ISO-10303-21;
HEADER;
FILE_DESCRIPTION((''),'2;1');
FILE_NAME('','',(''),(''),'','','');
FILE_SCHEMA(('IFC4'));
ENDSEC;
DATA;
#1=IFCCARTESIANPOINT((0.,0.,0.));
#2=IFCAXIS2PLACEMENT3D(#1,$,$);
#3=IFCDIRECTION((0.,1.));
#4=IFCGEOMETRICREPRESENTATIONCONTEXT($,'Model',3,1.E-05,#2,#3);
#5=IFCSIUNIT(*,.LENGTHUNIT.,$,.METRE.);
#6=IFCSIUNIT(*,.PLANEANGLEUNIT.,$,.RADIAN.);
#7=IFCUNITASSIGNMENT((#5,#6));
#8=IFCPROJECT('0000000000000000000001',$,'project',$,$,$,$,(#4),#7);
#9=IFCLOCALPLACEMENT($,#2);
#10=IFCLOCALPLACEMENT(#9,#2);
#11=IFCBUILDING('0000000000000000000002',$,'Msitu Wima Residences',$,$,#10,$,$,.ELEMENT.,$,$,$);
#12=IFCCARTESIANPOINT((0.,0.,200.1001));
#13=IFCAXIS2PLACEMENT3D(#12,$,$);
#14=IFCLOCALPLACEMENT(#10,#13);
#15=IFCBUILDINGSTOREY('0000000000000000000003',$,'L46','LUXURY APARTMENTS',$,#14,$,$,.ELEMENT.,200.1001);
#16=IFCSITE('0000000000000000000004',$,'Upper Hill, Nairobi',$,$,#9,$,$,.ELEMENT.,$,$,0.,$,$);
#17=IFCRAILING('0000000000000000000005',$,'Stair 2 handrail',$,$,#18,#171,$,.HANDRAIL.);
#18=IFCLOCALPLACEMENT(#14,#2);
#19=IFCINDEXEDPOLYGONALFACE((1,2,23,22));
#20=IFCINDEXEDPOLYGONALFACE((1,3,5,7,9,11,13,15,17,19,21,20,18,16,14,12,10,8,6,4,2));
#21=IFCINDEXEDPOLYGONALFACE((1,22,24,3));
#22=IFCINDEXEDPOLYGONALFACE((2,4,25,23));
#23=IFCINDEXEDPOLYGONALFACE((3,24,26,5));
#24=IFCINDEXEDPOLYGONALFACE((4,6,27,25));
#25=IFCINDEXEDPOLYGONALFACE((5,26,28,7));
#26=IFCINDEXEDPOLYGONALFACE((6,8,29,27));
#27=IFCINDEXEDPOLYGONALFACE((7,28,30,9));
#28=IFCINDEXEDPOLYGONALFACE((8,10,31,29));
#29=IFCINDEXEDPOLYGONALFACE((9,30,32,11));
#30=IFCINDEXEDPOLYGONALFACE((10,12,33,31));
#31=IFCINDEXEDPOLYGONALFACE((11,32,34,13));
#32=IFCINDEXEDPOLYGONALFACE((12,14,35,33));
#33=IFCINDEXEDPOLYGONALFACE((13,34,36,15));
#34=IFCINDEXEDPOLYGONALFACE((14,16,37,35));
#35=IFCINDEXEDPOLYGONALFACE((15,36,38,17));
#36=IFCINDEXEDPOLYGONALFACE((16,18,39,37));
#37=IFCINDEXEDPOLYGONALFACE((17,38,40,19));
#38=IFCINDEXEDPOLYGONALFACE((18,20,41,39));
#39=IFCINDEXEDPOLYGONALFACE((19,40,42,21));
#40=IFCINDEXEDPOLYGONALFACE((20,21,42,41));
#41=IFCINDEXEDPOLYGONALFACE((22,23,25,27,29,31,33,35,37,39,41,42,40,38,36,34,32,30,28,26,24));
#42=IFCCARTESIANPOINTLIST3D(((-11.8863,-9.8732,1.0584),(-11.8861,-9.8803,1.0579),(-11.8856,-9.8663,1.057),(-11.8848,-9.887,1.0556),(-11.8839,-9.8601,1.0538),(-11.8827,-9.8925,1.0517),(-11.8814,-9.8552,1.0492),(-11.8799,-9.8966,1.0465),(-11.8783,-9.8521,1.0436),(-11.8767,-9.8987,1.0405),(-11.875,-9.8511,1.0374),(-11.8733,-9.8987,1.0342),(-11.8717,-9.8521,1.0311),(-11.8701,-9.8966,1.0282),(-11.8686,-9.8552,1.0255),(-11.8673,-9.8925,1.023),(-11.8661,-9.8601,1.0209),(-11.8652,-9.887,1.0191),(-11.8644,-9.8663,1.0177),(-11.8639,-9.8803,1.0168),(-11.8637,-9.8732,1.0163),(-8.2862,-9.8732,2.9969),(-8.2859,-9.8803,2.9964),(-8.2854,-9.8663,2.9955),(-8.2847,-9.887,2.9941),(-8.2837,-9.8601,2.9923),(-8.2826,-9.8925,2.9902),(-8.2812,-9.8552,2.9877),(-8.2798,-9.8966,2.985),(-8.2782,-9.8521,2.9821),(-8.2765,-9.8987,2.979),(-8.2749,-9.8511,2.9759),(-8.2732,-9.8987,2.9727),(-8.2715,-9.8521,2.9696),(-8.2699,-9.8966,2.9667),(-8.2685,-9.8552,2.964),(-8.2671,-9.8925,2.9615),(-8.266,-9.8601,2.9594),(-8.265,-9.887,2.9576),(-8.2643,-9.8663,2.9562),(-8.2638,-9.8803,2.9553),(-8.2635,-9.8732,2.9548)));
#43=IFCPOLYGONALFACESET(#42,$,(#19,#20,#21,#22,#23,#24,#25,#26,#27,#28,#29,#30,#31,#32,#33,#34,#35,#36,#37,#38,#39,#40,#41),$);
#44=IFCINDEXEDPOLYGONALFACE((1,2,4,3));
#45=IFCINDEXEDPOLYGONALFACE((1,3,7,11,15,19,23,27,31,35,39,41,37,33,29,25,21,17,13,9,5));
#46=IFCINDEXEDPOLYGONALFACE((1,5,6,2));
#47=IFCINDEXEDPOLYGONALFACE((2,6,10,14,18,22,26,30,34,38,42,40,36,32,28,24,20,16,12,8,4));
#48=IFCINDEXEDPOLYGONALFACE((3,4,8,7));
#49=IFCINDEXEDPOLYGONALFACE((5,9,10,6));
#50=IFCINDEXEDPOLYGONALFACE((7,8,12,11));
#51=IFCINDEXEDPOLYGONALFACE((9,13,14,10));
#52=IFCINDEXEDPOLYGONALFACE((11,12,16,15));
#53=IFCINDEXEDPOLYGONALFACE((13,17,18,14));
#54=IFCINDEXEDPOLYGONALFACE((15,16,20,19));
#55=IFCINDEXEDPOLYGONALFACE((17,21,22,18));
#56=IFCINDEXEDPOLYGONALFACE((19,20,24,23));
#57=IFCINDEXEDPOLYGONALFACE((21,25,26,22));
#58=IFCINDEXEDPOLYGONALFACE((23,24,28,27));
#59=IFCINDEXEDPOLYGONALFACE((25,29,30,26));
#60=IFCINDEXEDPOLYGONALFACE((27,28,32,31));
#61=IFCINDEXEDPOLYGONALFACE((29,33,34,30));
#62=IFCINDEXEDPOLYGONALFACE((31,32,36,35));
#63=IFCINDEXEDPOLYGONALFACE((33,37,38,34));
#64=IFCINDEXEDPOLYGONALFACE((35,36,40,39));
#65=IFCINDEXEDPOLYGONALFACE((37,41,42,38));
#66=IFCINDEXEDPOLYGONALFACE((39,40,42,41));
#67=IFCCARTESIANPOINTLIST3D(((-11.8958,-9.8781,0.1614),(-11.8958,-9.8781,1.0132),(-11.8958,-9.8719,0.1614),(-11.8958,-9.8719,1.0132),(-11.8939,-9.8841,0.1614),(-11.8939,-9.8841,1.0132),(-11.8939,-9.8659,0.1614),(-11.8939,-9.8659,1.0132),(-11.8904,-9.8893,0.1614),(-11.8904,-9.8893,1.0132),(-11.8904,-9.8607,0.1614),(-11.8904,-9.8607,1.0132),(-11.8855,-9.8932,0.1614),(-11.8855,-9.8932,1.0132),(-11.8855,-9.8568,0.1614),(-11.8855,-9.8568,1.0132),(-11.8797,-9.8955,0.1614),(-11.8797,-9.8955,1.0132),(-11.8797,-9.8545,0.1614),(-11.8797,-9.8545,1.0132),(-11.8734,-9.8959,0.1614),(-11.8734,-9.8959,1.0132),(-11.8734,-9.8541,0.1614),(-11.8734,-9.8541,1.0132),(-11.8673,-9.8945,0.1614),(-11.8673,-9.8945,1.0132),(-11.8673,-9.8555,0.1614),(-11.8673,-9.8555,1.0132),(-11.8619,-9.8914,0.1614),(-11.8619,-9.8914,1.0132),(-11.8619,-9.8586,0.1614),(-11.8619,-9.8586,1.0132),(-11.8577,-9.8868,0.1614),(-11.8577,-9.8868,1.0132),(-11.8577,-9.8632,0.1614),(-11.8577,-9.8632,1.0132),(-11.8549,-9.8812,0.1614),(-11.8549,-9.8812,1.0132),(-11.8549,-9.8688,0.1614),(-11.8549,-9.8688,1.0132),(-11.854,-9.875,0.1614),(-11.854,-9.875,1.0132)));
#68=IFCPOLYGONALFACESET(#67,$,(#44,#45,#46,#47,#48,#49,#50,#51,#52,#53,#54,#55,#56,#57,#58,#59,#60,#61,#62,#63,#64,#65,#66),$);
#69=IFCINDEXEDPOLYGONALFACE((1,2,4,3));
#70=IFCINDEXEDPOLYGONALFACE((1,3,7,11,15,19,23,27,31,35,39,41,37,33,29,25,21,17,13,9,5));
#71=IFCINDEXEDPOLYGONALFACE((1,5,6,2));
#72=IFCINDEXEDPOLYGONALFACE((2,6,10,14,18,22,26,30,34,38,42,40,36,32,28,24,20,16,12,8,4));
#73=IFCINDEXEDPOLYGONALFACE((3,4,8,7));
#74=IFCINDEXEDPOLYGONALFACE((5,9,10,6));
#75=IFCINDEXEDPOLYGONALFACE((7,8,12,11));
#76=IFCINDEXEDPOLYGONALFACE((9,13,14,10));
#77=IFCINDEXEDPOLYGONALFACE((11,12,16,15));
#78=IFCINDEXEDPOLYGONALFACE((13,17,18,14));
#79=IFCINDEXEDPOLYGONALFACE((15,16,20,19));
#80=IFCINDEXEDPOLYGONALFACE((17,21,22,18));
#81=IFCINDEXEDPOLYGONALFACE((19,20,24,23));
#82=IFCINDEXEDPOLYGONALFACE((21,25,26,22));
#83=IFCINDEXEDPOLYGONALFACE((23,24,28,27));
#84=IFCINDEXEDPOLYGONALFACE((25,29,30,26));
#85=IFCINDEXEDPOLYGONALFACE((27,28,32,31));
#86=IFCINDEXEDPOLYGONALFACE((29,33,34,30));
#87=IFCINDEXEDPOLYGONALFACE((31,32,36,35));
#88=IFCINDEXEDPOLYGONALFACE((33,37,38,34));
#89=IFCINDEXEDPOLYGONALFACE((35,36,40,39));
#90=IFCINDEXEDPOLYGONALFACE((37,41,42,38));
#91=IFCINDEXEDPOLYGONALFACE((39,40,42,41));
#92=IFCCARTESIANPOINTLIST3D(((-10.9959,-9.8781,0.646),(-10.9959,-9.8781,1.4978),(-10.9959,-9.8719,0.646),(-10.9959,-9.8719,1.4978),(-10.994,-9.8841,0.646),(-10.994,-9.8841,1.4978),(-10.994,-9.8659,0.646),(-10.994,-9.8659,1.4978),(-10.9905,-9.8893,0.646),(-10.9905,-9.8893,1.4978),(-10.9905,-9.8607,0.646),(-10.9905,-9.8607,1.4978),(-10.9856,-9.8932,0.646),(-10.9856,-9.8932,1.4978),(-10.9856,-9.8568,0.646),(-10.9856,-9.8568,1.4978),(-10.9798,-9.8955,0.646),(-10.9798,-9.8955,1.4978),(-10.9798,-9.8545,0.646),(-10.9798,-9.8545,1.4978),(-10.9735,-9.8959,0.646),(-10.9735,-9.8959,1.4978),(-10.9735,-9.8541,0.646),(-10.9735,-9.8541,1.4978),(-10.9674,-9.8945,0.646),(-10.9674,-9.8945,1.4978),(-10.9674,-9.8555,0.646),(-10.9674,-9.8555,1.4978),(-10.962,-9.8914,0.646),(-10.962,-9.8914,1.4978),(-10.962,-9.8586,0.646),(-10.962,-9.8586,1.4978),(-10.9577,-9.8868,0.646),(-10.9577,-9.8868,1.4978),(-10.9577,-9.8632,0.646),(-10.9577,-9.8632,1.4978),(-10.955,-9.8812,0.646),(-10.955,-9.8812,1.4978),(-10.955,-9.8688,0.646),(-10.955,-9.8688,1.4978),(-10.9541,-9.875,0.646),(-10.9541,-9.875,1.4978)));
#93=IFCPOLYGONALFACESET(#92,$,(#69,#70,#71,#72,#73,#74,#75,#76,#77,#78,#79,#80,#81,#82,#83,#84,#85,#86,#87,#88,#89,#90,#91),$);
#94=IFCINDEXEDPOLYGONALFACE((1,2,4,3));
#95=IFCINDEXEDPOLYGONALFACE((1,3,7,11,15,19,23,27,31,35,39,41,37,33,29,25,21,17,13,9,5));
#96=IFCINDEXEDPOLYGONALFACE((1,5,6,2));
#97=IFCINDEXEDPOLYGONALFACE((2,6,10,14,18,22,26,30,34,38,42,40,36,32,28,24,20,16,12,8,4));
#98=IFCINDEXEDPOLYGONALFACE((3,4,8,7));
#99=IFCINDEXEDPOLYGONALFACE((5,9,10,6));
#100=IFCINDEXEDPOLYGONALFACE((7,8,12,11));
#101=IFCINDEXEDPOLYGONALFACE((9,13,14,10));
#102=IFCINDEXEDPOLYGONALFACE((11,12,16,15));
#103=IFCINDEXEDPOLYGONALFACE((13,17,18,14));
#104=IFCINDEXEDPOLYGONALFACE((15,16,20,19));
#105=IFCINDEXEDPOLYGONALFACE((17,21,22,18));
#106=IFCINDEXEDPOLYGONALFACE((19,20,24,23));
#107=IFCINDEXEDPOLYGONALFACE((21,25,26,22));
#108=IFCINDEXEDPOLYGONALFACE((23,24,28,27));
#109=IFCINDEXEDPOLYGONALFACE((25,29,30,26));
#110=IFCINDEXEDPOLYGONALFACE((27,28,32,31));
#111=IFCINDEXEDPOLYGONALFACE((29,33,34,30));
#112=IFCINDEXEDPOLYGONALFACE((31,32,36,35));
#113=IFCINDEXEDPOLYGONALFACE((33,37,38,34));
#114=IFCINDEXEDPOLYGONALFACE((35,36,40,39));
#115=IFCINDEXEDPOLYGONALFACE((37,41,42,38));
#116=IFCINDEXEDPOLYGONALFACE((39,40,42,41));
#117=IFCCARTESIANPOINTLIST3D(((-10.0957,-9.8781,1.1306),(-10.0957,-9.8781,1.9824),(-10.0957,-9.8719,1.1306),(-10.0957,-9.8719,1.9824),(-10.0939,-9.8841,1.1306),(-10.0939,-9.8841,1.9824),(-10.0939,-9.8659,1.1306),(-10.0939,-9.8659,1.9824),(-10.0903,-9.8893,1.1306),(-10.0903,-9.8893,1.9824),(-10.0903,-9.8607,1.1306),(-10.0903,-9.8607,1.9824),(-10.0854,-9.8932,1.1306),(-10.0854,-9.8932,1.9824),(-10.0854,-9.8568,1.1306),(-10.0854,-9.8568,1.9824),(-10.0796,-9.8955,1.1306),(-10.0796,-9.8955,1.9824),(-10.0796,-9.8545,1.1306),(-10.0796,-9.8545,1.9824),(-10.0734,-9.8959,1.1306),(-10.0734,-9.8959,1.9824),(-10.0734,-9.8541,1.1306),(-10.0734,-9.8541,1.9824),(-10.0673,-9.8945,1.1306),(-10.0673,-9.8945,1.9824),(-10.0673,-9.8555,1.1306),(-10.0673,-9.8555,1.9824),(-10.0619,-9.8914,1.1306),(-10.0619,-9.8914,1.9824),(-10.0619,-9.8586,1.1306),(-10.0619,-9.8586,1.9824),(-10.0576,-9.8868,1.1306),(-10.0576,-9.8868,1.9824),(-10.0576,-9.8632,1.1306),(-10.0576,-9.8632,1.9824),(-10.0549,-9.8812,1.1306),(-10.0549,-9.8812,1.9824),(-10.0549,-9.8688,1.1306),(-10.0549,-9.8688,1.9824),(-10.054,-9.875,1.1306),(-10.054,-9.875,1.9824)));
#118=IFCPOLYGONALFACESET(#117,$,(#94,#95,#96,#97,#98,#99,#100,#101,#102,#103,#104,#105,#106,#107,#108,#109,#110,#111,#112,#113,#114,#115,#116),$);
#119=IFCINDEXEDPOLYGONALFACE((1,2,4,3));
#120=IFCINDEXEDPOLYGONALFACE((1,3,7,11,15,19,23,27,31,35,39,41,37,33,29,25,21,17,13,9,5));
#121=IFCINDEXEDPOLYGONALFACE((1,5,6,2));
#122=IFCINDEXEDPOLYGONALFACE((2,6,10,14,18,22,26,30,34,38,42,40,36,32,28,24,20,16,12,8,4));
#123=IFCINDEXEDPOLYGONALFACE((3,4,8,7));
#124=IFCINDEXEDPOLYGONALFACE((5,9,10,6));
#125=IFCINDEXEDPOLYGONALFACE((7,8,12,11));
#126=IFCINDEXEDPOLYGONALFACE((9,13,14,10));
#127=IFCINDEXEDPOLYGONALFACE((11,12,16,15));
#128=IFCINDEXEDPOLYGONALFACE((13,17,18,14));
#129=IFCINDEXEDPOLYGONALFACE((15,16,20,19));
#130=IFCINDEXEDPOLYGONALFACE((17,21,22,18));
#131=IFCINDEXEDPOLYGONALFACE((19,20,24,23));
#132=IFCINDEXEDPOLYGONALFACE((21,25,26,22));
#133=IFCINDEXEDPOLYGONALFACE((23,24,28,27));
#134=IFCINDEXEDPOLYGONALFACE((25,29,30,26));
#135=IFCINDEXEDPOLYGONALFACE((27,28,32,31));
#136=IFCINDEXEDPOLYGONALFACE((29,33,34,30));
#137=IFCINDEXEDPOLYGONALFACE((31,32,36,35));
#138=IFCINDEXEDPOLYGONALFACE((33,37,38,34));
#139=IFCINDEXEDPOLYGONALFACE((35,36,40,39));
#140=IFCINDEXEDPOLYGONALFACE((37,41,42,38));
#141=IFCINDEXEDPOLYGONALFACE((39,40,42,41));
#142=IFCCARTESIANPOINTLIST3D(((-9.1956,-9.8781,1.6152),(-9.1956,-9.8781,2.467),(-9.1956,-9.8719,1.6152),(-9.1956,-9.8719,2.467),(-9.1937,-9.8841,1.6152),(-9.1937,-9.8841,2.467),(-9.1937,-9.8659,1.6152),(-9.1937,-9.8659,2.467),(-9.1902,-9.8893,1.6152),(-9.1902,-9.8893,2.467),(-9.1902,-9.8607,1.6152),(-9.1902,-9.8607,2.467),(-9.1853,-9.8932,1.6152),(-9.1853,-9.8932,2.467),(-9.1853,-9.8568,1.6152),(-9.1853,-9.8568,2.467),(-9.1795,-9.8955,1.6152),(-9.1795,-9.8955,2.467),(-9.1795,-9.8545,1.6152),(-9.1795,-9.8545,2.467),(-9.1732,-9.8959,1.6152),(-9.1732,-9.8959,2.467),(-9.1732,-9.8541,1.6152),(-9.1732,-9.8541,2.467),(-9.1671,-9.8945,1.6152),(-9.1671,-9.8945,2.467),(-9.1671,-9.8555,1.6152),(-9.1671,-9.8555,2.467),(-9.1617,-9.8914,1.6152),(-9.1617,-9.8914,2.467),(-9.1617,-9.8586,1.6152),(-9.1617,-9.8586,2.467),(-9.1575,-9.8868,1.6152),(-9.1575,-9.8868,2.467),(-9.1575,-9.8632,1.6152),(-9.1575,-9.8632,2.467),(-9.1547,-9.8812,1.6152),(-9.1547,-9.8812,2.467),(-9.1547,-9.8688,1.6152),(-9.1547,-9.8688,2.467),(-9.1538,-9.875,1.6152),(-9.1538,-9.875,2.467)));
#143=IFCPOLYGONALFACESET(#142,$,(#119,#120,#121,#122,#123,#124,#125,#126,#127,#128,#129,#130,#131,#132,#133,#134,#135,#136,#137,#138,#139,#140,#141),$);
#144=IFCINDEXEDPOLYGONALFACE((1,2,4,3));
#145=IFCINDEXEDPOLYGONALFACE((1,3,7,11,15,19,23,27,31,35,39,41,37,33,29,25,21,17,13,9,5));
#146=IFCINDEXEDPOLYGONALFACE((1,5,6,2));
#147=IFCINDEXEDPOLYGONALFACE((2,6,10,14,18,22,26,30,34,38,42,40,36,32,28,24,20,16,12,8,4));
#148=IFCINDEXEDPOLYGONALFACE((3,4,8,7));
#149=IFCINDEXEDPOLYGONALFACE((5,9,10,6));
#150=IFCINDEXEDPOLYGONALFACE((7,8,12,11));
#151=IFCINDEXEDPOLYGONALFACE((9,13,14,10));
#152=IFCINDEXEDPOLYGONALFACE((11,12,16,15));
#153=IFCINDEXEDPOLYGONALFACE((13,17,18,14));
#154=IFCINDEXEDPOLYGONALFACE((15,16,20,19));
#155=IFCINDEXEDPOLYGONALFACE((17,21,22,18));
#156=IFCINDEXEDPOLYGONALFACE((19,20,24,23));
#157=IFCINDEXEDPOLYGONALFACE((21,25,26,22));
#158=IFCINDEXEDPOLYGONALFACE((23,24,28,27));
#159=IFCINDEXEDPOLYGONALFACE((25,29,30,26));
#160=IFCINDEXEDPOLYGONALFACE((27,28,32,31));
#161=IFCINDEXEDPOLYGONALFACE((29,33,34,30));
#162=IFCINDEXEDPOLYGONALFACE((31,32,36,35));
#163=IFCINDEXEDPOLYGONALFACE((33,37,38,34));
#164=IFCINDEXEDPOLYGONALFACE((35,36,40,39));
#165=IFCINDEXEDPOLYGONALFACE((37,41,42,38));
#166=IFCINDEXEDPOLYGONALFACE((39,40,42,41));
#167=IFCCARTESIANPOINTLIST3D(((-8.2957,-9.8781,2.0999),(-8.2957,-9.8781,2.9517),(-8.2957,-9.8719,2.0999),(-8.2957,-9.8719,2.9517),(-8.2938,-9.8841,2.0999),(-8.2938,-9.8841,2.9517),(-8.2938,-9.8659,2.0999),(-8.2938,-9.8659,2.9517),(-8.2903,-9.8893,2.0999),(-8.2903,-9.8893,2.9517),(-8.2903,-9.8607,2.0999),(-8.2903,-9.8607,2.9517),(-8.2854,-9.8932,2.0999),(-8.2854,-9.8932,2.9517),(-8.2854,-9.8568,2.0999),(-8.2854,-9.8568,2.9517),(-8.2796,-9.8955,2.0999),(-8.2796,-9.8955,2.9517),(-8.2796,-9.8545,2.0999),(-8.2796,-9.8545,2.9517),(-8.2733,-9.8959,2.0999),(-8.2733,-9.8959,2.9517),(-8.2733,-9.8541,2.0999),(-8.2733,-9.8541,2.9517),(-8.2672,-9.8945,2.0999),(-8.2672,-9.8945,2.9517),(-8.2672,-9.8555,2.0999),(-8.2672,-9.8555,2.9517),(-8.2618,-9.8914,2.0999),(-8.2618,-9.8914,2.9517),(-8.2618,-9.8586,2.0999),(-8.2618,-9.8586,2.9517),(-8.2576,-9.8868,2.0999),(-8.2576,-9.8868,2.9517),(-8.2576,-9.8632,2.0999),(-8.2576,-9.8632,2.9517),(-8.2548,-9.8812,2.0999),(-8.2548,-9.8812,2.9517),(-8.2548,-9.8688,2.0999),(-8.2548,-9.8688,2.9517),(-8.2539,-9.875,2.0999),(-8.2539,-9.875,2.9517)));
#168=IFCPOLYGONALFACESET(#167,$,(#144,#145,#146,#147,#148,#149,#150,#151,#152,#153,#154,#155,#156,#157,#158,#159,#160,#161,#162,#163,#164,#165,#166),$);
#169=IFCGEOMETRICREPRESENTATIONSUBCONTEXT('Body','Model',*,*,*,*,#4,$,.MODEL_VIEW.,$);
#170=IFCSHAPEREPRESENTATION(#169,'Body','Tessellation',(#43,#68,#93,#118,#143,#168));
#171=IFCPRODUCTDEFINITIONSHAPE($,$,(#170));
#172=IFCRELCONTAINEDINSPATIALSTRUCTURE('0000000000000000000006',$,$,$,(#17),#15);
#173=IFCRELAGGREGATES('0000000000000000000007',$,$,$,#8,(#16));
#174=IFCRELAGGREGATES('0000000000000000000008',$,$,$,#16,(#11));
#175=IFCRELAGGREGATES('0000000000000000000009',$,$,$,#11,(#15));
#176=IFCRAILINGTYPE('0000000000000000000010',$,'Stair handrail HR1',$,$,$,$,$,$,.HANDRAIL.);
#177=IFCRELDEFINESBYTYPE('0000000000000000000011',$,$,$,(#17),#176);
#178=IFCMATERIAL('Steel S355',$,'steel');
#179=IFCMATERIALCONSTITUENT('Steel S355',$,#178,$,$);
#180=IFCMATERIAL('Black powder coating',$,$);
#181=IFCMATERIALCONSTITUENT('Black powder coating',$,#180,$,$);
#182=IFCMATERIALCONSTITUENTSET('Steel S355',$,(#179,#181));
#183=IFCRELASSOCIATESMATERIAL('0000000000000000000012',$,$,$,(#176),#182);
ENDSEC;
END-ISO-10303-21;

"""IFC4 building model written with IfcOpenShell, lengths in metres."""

from ifc_helpers import new_model, si_unit, direction, frame, origin, origin_2d, place, context, subcontext, project, spatial, circle, extrude, material, constituent, constituent_set, type_object, element, save


model = new_model("IFC4")

# Units and contexts
model_context = context("Model", 3, precision=1e-05, world=origin(), true_north=direction((0.0, 1.0)))
body_context = subcontext(model_context, "Body", "Model", "MODEL_VIEW")
ifc_project = project(units=[si_unit("LENGTHUNIT", "METRE"), si_unit("PLANEANGLEUNIT", "RADIAN")], contexts=[model_context])

# Site, building, storey
site_placement = place(None, origin())
site = spatial("IfcSite", under=ifc_project, at=site_placement, Name="Upper Hill, Nairobi", CompositionType="ELEMENT", RefElevation=0.0)
building_placement = place(site_placement, origin())
building = spatial("IfcBuilding", under=site, at=building_placement, Name="Msitu Wima Residences", CompositionType="ELEMENT")
storey_placement = place(building_placement, frame((0.0, 0.0, 200.1001)))
storey = spatial("IfcBuildingStorey", under=building, at=storey_placement, Name="L46", Description="LUXURY APARTMENTS", CompositionType="ELEMENT", Elevation=200.1001)

# Railing
ifc_material_1 = material(Name="Steel S355", Category="steel")
ifc_constituent_1 = constituent(ifc_material_1, Name="Steel S355")
ifc_material_2 = material(Name="Black powder coating")
ifc_constituent_2 = constituent(ifc_material_2, Name="Black powder coating")
ifc_constituent_set = constituent_set(constituents=[ifc_constituent_1, ifc_constituent_2], Name="Steel S355")
railing_type = type_object("IfcRailingType", Name="Stair handrail HR1", PredefinedType="HANDRAIL", material=ifc_constituent_set)
for number, where, name in (
    (1, (-11.875, -9.875, 0.1614), "Stair 2 handrail"),
):
    element("IfcRailing", number, at=place(storey_placement, frame(where)), inside=storey, type_object=railing_type, Name=name, PredefinedType="HANDRAIL", context=body_context, shape_type="SweptSolid", body=[
        extrude(circle(Radius=0.0239, at=origin_2d()), frame((0.0, 0.0, 0.876), z_axis=(0.880475, 0.0, 0.474093), x_axis=(0.0, 1.0, 0.0)), (0.0, 0.0, 1.0), 4.0889),
        extrude(circle(Radius=0.021, at=origin_2d()), origin(), (0.0, 0.0, 1.0), 0.8518),
        extrude(circle(Radius=0.021, at=origin_2d()), frame((0.8999, 0.0, 0.4846)), (0.0, 0.0, 1.0), 0.8518),
        extrude(circle(Radius=0.021, at=origin_2d()), frame((1.8, 0.0, 0.9692)), (0.0, 0.0, 1.0), 0.8518),
        extrude(circle(Radius=0.021, at=origin_2d()), frame((2.7002, 0.0, 1.4539)), (0.0, 0.0, 1.0), 0.8518),
        extrude(circle(Radius=0.021, at=origin_2d()), frame((3.6001, 0.0, 1.9385)), (0.0, 0.0, 1.0), 0.8518),
    ])

save(model, "model.ifc")
